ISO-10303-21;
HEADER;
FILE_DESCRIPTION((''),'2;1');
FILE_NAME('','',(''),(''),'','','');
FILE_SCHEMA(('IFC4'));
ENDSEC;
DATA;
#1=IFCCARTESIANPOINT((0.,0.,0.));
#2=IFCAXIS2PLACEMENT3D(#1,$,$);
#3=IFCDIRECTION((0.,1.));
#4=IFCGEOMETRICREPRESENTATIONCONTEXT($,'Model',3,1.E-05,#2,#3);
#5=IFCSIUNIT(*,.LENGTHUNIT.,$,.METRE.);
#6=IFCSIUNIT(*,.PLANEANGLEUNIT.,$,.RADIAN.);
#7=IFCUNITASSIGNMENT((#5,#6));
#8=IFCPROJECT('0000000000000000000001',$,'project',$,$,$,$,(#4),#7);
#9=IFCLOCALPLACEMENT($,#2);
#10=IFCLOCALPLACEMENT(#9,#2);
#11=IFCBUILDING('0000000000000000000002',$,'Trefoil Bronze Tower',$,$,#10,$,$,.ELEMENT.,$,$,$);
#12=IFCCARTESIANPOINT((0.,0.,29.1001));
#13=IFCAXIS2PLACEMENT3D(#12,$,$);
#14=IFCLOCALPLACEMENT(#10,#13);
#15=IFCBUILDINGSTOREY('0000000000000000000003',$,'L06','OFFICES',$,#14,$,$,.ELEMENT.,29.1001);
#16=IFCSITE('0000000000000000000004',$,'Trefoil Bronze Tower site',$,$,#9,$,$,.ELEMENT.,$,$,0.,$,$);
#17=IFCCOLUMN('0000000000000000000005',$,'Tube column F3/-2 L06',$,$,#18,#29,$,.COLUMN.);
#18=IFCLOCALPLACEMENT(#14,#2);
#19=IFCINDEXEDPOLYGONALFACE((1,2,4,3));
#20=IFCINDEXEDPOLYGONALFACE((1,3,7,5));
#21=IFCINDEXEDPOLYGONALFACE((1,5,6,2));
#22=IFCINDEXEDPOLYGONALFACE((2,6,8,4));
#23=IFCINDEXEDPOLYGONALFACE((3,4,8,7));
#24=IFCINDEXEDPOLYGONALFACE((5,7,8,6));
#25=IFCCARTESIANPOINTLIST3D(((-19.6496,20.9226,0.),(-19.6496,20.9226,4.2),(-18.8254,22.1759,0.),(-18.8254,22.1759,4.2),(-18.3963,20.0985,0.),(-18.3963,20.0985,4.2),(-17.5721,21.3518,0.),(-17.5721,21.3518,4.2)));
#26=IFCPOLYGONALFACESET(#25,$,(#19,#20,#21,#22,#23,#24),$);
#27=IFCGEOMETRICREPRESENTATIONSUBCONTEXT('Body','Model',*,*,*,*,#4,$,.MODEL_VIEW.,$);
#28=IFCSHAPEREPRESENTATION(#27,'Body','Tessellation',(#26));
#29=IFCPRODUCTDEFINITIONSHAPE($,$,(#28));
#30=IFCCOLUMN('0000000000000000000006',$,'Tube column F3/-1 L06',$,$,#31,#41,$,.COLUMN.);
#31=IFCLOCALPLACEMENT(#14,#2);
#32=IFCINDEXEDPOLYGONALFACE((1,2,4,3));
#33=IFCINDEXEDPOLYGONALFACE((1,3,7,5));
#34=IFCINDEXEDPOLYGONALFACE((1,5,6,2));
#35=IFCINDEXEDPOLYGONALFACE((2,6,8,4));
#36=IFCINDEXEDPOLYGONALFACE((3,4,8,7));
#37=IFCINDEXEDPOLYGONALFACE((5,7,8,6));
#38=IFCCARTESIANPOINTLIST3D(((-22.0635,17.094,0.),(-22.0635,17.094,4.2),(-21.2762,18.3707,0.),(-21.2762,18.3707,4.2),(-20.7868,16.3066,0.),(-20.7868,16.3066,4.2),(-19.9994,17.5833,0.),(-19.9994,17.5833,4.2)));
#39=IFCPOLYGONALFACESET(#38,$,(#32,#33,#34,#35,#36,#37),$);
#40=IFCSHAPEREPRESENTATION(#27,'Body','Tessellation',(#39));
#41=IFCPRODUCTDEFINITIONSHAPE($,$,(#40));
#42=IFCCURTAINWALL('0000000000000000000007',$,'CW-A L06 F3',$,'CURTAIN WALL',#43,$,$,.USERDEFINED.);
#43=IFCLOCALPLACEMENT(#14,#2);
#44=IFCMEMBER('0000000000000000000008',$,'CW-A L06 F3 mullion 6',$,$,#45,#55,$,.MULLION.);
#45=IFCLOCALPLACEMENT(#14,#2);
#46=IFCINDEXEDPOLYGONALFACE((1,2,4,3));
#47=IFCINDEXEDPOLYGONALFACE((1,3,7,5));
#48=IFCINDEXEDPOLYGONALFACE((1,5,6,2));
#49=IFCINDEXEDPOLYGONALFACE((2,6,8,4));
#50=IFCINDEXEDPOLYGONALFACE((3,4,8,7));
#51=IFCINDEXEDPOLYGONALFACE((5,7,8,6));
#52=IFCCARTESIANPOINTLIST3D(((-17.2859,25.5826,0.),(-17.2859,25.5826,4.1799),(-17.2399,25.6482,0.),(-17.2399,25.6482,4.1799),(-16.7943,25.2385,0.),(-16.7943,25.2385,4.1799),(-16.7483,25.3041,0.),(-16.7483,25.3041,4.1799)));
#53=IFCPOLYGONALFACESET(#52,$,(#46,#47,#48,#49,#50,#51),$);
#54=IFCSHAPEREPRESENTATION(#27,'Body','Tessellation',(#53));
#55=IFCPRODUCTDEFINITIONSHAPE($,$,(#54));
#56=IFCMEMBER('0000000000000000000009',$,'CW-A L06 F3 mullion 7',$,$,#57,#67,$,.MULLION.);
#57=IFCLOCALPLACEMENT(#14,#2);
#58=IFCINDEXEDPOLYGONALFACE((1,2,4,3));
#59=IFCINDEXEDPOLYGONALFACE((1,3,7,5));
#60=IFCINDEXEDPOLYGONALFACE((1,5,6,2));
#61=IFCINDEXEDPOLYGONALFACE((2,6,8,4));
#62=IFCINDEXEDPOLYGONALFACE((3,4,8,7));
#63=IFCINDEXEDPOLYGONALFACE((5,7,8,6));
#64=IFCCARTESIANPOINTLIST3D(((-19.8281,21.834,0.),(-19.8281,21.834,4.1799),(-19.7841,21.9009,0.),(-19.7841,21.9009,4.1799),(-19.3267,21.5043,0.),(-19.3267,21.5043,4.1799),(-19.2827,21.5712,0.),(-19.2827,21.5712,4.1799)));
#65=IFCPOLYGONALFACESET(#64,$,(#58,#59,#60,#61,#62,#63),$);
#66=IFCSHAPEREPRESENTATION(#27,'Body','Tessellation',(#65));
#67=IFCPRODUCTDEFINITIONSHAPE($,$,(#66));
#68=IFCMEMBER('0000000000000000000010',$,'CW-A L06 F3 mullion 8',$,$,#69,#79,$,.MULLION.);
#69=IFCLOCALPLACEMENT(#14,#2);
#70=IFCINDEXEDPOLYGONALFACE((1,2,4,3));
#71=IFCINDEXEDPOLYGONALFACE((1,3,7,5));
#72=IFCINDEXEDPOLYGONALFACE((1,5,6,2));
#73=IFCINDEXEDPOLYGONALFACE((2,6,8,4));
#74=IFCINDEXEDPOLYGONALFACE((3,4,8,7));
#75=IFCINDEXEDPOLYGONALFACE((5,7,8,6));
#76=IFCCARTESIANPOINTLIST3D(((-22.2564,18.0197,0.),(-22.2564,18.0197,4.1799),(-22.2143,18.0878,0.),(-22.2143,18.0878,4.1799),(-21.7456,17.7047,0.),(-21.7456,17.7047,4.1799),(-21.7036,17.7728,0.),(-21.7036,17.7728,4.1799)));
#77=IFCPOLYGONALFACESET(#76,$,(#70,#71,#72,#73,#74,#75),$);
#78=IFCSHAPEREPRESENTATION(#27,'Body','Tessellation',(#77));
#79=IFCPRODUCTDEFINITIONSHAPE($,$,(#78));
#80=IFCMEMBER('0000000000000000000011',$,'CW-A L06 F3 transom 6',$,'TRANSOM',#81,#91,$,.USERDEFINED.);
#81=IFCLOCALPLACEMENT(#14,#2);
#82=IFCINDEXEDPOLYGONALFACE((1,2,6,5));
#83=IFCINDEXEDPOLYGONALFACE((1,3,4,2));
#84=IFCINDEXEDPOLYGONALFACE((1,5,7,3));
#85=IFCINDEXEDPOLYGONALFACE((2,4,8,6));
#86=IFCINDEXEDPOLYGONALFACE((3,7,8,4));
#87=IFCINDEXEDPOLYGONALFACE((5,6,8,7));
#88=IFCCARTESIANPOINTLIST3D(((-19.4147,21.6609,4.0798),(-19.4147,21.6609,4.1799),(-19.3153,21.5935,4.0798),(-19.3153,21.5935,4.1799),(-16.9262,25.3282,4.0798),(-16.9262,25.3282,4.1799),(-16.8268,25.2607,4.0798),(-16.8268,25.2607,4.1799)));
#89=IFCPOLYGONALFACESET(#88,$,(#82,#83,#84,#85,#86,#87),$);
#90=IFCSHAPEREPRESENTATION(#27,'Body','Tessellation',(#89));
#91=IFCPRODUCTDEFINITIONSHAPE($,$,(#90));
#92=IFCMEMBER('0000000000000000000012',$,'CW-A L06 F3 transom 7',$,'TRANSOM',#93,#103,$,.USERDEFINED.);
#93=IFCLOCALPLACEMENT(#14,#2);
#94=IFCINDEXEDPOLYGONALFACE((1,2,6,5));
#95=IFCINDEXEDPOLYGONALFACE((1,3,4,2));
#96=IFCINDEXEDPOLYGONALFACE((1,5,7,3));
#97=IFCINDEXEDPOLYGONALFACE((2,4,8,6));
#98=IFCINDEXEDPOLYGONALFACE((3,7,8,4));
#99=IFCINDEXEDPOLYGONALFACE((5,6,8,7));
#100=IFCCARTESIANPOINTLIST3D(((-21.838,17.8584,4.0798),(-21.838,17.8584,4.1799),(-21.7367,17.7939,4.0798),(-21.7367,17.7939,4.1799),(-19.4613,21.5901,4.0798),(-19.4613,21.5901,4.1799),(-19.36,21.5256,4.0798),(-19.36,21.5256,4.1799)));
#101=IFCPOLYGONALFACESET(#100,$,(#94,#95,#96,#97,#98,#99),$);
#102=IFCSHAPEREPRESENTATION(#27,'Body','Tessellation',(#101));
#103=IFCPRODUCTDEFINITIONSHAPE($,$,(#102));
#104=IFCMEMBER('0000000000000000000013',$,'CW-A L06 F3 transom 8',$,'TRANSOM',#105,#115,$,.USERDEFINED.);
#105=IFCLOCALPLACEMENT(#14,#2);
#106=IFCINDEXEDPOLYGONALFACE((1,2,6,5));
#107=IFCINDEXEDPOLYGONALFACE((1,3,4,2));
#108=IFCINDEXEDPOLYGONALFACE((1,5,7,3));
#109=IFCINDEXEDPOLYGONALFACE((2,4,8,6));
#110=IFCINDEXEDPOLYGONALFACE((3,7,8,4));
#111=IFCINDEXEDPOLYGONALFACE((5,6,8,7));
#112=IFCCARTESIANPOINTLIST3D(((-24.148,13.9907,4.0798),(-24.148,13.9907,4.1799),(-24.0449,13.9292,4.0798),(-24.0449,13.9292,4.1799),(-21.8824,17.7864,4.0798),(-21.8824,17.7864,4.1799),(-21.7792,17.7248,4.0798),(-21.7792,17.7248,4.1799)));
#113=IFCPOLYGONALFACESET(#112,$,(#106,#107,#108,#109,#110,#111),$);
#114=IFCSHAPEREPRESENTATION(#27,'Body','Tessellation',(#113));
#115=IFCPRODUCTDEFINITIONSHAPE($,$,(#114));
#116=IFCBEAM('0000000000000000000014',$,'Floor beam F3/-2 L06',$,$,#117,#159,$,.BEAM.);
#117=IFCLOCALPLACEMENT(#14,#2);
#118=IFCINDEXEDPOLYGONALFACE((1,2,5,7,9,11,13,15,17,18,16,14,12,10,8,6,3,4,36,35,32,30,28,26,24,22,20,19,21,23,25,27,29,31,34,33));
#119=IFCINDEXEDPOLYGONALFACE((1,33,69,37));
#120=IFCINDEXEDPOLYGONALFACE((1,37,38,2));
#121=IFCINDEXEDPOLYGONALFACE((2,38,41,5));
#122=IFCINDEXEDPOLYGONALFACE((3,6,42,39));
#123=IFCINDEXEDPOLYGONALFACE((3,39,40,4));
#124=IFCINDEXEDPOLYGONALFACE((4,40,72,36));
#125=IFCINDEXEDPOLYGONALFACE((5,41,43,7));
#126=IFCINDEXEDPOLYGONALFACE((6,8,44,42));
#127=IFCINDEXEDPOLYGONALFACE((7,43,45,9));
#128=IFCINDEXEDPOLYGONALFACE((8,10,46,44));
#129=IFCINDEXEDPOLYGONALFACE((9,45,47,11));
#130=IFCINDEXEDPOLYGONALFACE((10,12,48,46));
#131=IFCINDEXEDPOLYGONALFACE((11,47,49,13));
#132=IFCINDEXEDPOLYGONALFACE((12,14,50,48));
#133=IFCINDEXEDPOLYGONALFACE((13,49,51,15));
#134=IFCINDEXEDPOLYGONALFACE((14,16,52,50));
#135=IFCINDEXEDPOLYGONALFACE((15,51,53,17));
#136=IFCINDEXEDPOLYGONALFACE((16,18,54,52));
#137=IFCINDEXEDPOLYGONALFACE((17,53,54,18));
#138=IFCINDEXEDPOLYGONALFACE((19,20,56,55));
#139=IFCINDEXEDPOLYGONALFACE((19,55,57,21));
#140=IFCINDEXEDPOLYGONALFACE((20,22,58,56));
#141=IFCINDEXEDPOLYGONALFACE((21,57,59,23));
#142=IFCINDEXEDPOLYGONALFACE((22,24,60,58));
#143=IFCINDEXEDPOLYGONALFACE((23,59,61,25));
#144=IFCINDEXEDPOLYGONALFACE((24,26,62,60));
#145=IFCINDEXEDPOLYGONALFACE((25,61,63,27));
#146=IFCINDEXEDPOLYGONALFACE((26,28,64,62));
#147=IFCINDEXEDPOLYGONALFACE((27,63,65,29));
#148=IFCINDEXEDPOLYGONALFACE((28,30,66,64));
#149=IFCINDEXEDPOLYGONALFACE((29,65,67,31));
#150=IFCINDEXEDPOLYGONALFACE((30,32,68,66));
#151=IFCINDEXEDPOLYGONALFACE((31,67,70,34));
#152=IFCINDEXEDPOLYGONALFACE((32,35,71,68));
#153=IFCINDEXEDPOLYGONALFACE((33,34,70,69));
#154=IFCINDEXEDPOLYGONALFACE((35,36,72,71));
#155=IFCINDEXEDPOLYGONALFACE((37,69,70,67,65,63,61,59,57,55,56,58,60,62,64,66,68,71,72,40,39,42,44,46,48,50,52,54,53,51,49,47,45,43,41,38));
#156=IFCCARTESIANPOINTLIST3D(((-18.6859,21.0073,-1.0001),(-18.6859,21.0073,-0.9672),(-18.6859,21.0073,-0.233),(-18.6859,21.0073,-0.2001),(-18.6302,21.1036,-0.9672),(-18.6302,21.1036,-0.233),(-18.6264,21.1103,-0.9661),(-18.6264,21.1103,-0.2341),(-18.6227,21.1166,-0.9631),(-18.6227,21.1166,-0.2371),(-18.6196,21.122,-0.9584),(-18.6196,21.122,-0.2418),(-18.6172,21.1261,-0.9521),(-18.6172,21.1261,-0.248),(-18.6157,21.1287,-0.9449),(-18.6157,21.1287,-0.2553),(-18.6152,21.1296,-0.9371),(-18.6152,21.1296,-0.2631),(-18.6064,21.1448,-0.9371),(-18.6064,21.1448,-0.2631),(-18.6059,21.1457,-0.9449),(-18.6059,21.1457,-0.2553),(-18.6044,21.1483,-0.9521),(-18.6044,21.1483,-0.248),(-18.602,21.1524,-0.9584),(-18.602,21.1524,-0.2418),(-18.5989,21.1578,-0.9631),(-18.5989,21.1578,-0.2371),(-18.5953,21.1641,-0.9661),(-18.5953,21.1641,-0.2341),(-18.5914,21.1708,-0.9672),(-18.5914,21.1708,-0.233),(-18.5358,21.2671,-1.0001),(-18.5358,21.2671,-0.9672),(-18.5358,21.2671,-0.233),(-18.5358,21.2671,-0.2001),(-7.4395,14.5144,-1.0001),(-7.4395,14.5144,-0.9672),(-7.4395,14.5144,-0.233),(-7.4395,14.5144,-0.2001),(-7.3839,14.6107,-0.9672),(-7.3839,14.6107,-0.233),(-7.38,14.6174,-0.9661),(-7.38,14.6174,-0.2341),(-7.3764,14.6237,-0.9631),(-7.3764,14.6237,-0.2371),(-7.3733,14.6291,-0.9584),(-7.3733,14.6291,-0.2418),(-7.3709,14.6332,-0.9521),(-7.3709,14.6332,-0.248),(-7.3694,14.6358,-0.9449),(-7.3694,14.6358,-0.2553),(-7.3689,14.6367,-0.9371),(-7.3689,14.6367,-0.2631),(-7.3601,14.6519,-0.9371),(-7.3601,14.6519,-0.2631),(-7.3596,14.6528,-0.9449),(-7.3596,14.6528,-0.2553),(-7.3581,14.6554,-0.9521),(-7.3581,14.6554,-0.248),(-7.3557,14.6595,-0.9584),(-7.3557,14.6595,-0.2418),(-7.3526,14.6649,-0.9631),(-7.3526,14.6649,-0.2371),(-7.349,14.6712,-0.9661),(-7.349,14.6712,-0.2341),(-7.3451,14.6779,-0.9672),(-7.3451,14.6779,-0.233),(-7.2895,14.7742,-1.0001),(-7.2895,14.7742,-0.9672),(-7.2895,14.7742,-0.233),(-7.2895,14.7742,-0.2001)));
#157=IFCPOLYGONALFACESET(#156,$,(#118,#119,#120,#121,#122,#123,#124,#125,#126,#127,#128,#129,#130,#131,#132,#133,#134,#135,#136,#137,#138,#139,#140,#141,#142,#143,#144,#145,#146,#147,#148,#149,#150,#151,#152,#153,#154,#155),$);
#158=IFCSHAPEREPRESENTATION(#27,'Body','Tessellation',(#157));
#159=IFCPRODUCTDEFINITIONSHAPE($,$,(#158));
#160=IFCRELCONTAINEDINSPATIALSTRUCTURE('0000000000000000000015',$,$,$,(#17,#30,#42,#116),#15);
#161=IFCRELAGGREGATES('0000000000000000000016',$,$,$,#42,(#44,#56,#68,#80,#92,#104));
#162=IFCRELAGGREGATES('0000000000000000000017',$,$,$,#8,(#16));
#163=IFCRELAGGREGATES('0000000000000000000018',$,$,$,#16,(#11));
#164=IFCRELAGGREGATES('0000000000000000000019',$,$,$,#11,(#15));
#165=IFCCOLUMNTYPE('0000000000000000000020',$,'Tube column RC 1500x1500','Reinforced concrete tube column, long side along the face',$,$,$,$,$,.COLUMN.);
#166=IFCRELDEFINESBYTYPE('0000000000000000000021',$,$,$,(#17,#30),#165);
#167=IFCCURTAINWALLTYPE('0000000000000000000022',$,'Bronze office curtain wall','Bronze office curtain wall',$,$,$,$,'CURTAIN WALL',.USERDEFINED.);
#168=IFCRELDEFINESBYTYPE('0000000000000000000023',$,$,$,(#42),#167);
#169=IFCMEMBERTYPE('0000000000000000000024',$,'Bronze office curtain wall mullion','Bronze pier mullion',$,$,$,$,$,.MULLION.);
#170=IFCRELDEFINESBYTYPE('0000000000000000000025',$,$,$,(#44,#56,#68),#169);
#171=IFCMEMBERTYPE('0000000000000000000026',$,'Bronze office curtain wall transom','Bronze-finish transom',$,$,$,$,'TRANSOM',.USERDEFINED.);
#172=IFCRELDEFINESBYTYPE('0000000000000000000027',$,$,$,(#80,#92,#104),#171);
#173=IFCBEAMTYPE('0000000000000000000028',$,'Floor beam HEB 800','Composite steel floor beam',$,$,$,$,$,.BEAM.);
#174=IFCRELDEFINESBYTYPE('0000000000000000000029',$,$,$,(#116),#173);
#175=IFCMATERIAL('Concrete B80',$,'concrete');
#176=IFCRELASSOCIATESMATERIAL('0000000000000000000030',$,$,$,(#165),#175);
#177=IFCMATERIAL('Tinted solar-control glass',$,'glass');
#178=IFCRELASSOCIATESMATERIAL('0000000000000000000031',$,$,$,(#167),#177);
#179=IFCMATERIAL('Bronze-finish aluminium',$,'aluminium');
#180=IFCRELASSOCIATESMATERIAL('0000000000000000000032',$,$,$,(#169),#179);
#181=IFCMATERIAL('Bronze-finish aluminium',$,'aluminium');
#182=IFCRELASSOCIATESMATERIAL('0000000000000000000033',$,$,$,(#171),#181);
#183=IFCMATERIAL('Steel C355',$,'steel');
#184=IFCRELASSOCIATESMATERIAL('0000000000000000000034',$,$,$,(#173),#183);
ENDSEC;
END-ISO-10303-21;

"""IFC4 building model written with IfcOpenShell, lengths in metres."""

from ifc_helpers import new_model, si_unit, direction, frame, origin, origin_2d, place, context, subcontext, project, spatial, rectangle, i_section, extrude, material, material_profile, profile_set, type_object, element, aggregate, save


model = new_model("IFC4")

# Units and contexts
model_context = context("Model", 3, precision=1e-05, world=origin(), true_north=direction((0.0, 1.0)))
body_context = subcontext(model_context, "Body", "Model", "MODEL_VIEW")
ifc_project = project(units=[si_unit("LENGTHUNIT", "METRE"), si_unit("PLANEANGLEUNIT", "RADIAN")], contexts=[model_context])

# Site, building, storey
site_placement = place(None, origin())
site = spatial("IfcSite", under=ifc_project, at=site_placement, Name="Trefoil Bronze Tower site", CompositionType="ELEMENT", RefElevation=0.0)
building_placement = place(site_placement, origin())
building = spatial("IfcBuilding", under=site, at=building_placement, Name="Trefoil Bronze Tower", CompositionType="ELEMENT")
storey_placement = place(building_placement, frame((0.0, 0.0, 29.1001)))
storey = spatial("IfcBuildingStorey", under=building, at=storey_placement, Name="L06", Description="OFFICES", CompositionType="ELEMENT", Elevation=29.1001)

# Columns
ifc_material_1 = material(Name="Concrete B80", Category="concrete")
ifc_material_profile_1 = material_profile(ifc_material_1, rectangle(XDim=1.5, YDim=1.5, at=origin_2d()), Name="RC 1500x1500")
ifc_profile_set_1 = profile_set([ifc_material_profile_1], Name="Concrete B80")
column_type = type_object("IfcColumnType", Name="Tube column RC 1500x1500", Description="Reinforced concrete tube column, long side along the face", PredefinedType="COLUMN", material=ifc_profile_set_1)
for number, where, z_axis, x_axis, name in (
    (1, (-18.6108, 21.1372, 0.0), (0.0, 0.0, 1.0), (-0.549424, -0.835544, 0.0), "Tube column F3/-2 L06"),
    (2, (-21.0315, 17.3386, 0.0), (0.0, 0.0, 1.0), (-0.524923, -0.85115, 0.0), "Tube column F3/-1 L06"),
):
    element("IfcColumn", number, at=place(storey_placement, frame(where, z_axis=z_axis, x_axis=x_axis)), inside=storey, type_object=column_type, Name=name, PredefinedType="COLUMN", context=body_context, shape_type="SweptSolid", body=[
        extrude(rectangle(XDim=1.5, YDim=1.5, at=origin_2d()), origin(), (0.0, 0.0, 1.0), 4.2),
    ])

# Curtain wall, members
ifc_material_2 = material(Name="Tinted solar-control glass", Category="glass")
curtain_wall_type = type_object("IfcCurtainWallType", Name="Bronze office curtain wall", Description="Bronze office curtain wall", ElementType="CURTAIN WALL", PredefinedType="USERDEFINED", material=ifc_material_2)
curtain_wall_placement = place(storey_placement, origin())
curtain_wall = element("IfcCurtainWall", 3, at=curtain_wall_placement, inside=storey, type_object=curtain_wall_type, Name="CW-A L06 F3", ObjectType="CURTAIN WALL", PredefinedType="USERDEFINED")
ifc_material_3 = material(Name="Bronze-finish aluminium", Category="aluminium")
ifc_material_profile_2 = material_profile(ifc_material_3, rectangle(XDim=0.6001, YDim=0.0801, at=origin_2d()), Name="CW-A mullion")
ifc_profile_set_2 = profile_set([ifc_material_profile_2], Name="Bronze-finish aluminium")
member_type_1 = type_object("IfcMemberType", Name="Bronze office curtain wall mullion", Description="Bronze pier mullion", PredefinedType="MULLION", material=ifc_profile_set_2)
member_1_placement = place(storey_placement, frame((-17.0171, 25.4434, 0.0), z_axis=(0.0, 0.0, 1.0), x_axis=(0.819204, -0.573502, 0.0)))
member_1 = element("IfcMember", 4, at=member_1_placement, type_object=member_type_1, Name="CW-A L06 F3 mullion 6", PredefinedType="MULLION", context=body_context, shape_type="SweptSolid", body=[
    extrude(rectangle(XDim=0.6001, YDim=0.0801, at=origin_2d()), origin(), (0.0, 0.0, 1.0), 4.1799),
])
member_2_placement = place(storey_placement, frame((-19.5554, 21.7026, 0.0), z_axis=(0.0, 0.0, 1.0), x_axis=(0.835544, -0.549424, 0.0)))
member_2 = element("IfcMember", 5, at=member_2_placement, type_object=member_type_1, Name="CW-A L06 F3 mullion 7", PredefinedType="MULLION", context=body_context, shape_type="SweptSolid", body=[
    extrude(rectangle(XDim=0.6001, YDim=0.0801, at=origin_2d()), origin(), (0.0, 0.0, 1.0), 4.1799),
])
member_3_placement = place(storey_placement, frame((-21.98, 17.8962, 0.0), z_axis=(0.0, 0.0, 1.0), x_axis=(0.85115, -0.524923, 0.0)))
member_3 = element("IfcMember", 6, at=member_3_placement, type_object=member_type_1, Name="CW-A L06 F3 mullion 8", PredefinedType="MULLION", context=body_context, shape_type="SweptSolid", body=[
    extrude(rectangle(XDim=0.6001, YDim=0.0801, at=origin_2d()), origin(), (0.0, 0.0, 1.0), 4.1799),
])
ifc_material_4 = material(Name="Bronze-finish aluminium", Category="aluminium")
ifc_material_profile_3 = material_profile(ifc_material_4, rectangle(XDim=0.1201, YDim=0.1001, at=origin_2d()), Name="CW-A transom")
ifc_profile_set_3 = profile_set([ifc_material_profile_3], Name="Bronze-finish aluminium")
member_type_2 = type_object("IfcMemberType", Name="Bronze office curtain wall transom", Description="Bronze-finish transom", ElementType="TRANSOM", PredefinedType="USERDEFINED", material=ifc_profile_set_3)
member_4_placement = place(storey_placement, frame((-16.8765, 25.2944, 4.1299), z_axis=(-0.561508, -0.827471, 0.0), x_axis=(0.827471, -0.561508, 0.0)))
member_4 = element("IfcMember", 7, at=member_4_placement, type_object=member_type_2, Name="CW-A L06 F3 transom 6", ObjectType="TRANSOM", PredefinedType="USERDEFINED", context=body_context, shape_type="SweptSolid", body=[
    extrude(rectangle(XDim=0.1201, YDim=0.1001, at=origin_2d()), origin(), (0.0, 0.0, 1.0), 4.4319),
])
member_5_placement = place(storey_placement, frame((-19.4106, 21.5579, 4.1299), z_axis=(-0.537197, -0.843457, 0.0), x_axis=(0.843457, -0.537197, 0.0)))
member_5 = element("IfcMember", 8, at=member_5_placement, type_object=member_type_2, Name="CW-A L06 F3 transom 7", ObjectType="TRANSOM", PredefinedType="USERDEFINED", context=body_context, shape_type="SweptSolid", body=[
    extrude(rectangle(XDim=0.1201, YDim=0.1001, at=origin_2d()), origin(), (0.0, 0.0, 1.0), 4.4243),
])
member_6_placement = place(storey_placement, frame((-21.8308, 17.7556, 4.1299), z_axis=(-0.512537, -0.858665, 0.0), x_axis=(0.858665, -0.512537, 0.0)))
member_6 = element("IfcMember", 9, at=member_6_placement, type_object=member_type_2, Name="CW-A L06 F3 transom 8", ObjectType="TRANSOM", PredefinedType="USERDEFINED", context=body_context, shape_type="SweptSolid", body=[
    extrude(rectangle(XDim=0.1201, YDim=0.1001, at=origin_2d()), origin(), (0.0, 0.0, 1.0), 4.4204),
])

# Beam
ifc_material_5 = material(Name="Steel C355", Category="steel")
ifc_material_profile_4 = material_profile(ifc_material_5, i_section(OverallWidth=0.3, OverallDepth=0.8, WebThickness=0.0176, FlangeThickness=0.033, FilletRadius=0.03, at=origin_2d()), Name="HEB 800")
ifc_profile_set_4 = profile_set([ifc_material_profile_4], Name="Steel C355")
beam_type_1 = type_object("IfcBeamType", Name="Floor beam HEB 800", Description="Composite steel floor beam", PredefinedType="BEAM", material=ifc_profile_set_4)
beam_1_placement = place(storey_placement, frame((-18.6108, 21.1372, -0.6001), z_axis=(0.866031, -0.499991, 0.0), x_axis=(0.499991, 0.866031, 0.0)))
element("IfcBeam", 10, at=beam_1_placement, inside=storey, type_object=beam_type_1, Name="Floor beam F3/-2 L06", PredefinedType="BEAM", context=body_context, shape_type="SweptSolid", body=[
    extrude(i_section(OverallWidth=0.3, OverallDepth=0.8, WebThickness=0.0176, FlangeThickness=0.033, FilletRadius=0.03, at=origin_2d()), origin(), (0.0, 0.0, 1.0), 12.9861),
])

aggregate(curtain_wall, [member_1, member_2, member_3, member_4, member_5, member_6])

save(model, "model.ifc")
